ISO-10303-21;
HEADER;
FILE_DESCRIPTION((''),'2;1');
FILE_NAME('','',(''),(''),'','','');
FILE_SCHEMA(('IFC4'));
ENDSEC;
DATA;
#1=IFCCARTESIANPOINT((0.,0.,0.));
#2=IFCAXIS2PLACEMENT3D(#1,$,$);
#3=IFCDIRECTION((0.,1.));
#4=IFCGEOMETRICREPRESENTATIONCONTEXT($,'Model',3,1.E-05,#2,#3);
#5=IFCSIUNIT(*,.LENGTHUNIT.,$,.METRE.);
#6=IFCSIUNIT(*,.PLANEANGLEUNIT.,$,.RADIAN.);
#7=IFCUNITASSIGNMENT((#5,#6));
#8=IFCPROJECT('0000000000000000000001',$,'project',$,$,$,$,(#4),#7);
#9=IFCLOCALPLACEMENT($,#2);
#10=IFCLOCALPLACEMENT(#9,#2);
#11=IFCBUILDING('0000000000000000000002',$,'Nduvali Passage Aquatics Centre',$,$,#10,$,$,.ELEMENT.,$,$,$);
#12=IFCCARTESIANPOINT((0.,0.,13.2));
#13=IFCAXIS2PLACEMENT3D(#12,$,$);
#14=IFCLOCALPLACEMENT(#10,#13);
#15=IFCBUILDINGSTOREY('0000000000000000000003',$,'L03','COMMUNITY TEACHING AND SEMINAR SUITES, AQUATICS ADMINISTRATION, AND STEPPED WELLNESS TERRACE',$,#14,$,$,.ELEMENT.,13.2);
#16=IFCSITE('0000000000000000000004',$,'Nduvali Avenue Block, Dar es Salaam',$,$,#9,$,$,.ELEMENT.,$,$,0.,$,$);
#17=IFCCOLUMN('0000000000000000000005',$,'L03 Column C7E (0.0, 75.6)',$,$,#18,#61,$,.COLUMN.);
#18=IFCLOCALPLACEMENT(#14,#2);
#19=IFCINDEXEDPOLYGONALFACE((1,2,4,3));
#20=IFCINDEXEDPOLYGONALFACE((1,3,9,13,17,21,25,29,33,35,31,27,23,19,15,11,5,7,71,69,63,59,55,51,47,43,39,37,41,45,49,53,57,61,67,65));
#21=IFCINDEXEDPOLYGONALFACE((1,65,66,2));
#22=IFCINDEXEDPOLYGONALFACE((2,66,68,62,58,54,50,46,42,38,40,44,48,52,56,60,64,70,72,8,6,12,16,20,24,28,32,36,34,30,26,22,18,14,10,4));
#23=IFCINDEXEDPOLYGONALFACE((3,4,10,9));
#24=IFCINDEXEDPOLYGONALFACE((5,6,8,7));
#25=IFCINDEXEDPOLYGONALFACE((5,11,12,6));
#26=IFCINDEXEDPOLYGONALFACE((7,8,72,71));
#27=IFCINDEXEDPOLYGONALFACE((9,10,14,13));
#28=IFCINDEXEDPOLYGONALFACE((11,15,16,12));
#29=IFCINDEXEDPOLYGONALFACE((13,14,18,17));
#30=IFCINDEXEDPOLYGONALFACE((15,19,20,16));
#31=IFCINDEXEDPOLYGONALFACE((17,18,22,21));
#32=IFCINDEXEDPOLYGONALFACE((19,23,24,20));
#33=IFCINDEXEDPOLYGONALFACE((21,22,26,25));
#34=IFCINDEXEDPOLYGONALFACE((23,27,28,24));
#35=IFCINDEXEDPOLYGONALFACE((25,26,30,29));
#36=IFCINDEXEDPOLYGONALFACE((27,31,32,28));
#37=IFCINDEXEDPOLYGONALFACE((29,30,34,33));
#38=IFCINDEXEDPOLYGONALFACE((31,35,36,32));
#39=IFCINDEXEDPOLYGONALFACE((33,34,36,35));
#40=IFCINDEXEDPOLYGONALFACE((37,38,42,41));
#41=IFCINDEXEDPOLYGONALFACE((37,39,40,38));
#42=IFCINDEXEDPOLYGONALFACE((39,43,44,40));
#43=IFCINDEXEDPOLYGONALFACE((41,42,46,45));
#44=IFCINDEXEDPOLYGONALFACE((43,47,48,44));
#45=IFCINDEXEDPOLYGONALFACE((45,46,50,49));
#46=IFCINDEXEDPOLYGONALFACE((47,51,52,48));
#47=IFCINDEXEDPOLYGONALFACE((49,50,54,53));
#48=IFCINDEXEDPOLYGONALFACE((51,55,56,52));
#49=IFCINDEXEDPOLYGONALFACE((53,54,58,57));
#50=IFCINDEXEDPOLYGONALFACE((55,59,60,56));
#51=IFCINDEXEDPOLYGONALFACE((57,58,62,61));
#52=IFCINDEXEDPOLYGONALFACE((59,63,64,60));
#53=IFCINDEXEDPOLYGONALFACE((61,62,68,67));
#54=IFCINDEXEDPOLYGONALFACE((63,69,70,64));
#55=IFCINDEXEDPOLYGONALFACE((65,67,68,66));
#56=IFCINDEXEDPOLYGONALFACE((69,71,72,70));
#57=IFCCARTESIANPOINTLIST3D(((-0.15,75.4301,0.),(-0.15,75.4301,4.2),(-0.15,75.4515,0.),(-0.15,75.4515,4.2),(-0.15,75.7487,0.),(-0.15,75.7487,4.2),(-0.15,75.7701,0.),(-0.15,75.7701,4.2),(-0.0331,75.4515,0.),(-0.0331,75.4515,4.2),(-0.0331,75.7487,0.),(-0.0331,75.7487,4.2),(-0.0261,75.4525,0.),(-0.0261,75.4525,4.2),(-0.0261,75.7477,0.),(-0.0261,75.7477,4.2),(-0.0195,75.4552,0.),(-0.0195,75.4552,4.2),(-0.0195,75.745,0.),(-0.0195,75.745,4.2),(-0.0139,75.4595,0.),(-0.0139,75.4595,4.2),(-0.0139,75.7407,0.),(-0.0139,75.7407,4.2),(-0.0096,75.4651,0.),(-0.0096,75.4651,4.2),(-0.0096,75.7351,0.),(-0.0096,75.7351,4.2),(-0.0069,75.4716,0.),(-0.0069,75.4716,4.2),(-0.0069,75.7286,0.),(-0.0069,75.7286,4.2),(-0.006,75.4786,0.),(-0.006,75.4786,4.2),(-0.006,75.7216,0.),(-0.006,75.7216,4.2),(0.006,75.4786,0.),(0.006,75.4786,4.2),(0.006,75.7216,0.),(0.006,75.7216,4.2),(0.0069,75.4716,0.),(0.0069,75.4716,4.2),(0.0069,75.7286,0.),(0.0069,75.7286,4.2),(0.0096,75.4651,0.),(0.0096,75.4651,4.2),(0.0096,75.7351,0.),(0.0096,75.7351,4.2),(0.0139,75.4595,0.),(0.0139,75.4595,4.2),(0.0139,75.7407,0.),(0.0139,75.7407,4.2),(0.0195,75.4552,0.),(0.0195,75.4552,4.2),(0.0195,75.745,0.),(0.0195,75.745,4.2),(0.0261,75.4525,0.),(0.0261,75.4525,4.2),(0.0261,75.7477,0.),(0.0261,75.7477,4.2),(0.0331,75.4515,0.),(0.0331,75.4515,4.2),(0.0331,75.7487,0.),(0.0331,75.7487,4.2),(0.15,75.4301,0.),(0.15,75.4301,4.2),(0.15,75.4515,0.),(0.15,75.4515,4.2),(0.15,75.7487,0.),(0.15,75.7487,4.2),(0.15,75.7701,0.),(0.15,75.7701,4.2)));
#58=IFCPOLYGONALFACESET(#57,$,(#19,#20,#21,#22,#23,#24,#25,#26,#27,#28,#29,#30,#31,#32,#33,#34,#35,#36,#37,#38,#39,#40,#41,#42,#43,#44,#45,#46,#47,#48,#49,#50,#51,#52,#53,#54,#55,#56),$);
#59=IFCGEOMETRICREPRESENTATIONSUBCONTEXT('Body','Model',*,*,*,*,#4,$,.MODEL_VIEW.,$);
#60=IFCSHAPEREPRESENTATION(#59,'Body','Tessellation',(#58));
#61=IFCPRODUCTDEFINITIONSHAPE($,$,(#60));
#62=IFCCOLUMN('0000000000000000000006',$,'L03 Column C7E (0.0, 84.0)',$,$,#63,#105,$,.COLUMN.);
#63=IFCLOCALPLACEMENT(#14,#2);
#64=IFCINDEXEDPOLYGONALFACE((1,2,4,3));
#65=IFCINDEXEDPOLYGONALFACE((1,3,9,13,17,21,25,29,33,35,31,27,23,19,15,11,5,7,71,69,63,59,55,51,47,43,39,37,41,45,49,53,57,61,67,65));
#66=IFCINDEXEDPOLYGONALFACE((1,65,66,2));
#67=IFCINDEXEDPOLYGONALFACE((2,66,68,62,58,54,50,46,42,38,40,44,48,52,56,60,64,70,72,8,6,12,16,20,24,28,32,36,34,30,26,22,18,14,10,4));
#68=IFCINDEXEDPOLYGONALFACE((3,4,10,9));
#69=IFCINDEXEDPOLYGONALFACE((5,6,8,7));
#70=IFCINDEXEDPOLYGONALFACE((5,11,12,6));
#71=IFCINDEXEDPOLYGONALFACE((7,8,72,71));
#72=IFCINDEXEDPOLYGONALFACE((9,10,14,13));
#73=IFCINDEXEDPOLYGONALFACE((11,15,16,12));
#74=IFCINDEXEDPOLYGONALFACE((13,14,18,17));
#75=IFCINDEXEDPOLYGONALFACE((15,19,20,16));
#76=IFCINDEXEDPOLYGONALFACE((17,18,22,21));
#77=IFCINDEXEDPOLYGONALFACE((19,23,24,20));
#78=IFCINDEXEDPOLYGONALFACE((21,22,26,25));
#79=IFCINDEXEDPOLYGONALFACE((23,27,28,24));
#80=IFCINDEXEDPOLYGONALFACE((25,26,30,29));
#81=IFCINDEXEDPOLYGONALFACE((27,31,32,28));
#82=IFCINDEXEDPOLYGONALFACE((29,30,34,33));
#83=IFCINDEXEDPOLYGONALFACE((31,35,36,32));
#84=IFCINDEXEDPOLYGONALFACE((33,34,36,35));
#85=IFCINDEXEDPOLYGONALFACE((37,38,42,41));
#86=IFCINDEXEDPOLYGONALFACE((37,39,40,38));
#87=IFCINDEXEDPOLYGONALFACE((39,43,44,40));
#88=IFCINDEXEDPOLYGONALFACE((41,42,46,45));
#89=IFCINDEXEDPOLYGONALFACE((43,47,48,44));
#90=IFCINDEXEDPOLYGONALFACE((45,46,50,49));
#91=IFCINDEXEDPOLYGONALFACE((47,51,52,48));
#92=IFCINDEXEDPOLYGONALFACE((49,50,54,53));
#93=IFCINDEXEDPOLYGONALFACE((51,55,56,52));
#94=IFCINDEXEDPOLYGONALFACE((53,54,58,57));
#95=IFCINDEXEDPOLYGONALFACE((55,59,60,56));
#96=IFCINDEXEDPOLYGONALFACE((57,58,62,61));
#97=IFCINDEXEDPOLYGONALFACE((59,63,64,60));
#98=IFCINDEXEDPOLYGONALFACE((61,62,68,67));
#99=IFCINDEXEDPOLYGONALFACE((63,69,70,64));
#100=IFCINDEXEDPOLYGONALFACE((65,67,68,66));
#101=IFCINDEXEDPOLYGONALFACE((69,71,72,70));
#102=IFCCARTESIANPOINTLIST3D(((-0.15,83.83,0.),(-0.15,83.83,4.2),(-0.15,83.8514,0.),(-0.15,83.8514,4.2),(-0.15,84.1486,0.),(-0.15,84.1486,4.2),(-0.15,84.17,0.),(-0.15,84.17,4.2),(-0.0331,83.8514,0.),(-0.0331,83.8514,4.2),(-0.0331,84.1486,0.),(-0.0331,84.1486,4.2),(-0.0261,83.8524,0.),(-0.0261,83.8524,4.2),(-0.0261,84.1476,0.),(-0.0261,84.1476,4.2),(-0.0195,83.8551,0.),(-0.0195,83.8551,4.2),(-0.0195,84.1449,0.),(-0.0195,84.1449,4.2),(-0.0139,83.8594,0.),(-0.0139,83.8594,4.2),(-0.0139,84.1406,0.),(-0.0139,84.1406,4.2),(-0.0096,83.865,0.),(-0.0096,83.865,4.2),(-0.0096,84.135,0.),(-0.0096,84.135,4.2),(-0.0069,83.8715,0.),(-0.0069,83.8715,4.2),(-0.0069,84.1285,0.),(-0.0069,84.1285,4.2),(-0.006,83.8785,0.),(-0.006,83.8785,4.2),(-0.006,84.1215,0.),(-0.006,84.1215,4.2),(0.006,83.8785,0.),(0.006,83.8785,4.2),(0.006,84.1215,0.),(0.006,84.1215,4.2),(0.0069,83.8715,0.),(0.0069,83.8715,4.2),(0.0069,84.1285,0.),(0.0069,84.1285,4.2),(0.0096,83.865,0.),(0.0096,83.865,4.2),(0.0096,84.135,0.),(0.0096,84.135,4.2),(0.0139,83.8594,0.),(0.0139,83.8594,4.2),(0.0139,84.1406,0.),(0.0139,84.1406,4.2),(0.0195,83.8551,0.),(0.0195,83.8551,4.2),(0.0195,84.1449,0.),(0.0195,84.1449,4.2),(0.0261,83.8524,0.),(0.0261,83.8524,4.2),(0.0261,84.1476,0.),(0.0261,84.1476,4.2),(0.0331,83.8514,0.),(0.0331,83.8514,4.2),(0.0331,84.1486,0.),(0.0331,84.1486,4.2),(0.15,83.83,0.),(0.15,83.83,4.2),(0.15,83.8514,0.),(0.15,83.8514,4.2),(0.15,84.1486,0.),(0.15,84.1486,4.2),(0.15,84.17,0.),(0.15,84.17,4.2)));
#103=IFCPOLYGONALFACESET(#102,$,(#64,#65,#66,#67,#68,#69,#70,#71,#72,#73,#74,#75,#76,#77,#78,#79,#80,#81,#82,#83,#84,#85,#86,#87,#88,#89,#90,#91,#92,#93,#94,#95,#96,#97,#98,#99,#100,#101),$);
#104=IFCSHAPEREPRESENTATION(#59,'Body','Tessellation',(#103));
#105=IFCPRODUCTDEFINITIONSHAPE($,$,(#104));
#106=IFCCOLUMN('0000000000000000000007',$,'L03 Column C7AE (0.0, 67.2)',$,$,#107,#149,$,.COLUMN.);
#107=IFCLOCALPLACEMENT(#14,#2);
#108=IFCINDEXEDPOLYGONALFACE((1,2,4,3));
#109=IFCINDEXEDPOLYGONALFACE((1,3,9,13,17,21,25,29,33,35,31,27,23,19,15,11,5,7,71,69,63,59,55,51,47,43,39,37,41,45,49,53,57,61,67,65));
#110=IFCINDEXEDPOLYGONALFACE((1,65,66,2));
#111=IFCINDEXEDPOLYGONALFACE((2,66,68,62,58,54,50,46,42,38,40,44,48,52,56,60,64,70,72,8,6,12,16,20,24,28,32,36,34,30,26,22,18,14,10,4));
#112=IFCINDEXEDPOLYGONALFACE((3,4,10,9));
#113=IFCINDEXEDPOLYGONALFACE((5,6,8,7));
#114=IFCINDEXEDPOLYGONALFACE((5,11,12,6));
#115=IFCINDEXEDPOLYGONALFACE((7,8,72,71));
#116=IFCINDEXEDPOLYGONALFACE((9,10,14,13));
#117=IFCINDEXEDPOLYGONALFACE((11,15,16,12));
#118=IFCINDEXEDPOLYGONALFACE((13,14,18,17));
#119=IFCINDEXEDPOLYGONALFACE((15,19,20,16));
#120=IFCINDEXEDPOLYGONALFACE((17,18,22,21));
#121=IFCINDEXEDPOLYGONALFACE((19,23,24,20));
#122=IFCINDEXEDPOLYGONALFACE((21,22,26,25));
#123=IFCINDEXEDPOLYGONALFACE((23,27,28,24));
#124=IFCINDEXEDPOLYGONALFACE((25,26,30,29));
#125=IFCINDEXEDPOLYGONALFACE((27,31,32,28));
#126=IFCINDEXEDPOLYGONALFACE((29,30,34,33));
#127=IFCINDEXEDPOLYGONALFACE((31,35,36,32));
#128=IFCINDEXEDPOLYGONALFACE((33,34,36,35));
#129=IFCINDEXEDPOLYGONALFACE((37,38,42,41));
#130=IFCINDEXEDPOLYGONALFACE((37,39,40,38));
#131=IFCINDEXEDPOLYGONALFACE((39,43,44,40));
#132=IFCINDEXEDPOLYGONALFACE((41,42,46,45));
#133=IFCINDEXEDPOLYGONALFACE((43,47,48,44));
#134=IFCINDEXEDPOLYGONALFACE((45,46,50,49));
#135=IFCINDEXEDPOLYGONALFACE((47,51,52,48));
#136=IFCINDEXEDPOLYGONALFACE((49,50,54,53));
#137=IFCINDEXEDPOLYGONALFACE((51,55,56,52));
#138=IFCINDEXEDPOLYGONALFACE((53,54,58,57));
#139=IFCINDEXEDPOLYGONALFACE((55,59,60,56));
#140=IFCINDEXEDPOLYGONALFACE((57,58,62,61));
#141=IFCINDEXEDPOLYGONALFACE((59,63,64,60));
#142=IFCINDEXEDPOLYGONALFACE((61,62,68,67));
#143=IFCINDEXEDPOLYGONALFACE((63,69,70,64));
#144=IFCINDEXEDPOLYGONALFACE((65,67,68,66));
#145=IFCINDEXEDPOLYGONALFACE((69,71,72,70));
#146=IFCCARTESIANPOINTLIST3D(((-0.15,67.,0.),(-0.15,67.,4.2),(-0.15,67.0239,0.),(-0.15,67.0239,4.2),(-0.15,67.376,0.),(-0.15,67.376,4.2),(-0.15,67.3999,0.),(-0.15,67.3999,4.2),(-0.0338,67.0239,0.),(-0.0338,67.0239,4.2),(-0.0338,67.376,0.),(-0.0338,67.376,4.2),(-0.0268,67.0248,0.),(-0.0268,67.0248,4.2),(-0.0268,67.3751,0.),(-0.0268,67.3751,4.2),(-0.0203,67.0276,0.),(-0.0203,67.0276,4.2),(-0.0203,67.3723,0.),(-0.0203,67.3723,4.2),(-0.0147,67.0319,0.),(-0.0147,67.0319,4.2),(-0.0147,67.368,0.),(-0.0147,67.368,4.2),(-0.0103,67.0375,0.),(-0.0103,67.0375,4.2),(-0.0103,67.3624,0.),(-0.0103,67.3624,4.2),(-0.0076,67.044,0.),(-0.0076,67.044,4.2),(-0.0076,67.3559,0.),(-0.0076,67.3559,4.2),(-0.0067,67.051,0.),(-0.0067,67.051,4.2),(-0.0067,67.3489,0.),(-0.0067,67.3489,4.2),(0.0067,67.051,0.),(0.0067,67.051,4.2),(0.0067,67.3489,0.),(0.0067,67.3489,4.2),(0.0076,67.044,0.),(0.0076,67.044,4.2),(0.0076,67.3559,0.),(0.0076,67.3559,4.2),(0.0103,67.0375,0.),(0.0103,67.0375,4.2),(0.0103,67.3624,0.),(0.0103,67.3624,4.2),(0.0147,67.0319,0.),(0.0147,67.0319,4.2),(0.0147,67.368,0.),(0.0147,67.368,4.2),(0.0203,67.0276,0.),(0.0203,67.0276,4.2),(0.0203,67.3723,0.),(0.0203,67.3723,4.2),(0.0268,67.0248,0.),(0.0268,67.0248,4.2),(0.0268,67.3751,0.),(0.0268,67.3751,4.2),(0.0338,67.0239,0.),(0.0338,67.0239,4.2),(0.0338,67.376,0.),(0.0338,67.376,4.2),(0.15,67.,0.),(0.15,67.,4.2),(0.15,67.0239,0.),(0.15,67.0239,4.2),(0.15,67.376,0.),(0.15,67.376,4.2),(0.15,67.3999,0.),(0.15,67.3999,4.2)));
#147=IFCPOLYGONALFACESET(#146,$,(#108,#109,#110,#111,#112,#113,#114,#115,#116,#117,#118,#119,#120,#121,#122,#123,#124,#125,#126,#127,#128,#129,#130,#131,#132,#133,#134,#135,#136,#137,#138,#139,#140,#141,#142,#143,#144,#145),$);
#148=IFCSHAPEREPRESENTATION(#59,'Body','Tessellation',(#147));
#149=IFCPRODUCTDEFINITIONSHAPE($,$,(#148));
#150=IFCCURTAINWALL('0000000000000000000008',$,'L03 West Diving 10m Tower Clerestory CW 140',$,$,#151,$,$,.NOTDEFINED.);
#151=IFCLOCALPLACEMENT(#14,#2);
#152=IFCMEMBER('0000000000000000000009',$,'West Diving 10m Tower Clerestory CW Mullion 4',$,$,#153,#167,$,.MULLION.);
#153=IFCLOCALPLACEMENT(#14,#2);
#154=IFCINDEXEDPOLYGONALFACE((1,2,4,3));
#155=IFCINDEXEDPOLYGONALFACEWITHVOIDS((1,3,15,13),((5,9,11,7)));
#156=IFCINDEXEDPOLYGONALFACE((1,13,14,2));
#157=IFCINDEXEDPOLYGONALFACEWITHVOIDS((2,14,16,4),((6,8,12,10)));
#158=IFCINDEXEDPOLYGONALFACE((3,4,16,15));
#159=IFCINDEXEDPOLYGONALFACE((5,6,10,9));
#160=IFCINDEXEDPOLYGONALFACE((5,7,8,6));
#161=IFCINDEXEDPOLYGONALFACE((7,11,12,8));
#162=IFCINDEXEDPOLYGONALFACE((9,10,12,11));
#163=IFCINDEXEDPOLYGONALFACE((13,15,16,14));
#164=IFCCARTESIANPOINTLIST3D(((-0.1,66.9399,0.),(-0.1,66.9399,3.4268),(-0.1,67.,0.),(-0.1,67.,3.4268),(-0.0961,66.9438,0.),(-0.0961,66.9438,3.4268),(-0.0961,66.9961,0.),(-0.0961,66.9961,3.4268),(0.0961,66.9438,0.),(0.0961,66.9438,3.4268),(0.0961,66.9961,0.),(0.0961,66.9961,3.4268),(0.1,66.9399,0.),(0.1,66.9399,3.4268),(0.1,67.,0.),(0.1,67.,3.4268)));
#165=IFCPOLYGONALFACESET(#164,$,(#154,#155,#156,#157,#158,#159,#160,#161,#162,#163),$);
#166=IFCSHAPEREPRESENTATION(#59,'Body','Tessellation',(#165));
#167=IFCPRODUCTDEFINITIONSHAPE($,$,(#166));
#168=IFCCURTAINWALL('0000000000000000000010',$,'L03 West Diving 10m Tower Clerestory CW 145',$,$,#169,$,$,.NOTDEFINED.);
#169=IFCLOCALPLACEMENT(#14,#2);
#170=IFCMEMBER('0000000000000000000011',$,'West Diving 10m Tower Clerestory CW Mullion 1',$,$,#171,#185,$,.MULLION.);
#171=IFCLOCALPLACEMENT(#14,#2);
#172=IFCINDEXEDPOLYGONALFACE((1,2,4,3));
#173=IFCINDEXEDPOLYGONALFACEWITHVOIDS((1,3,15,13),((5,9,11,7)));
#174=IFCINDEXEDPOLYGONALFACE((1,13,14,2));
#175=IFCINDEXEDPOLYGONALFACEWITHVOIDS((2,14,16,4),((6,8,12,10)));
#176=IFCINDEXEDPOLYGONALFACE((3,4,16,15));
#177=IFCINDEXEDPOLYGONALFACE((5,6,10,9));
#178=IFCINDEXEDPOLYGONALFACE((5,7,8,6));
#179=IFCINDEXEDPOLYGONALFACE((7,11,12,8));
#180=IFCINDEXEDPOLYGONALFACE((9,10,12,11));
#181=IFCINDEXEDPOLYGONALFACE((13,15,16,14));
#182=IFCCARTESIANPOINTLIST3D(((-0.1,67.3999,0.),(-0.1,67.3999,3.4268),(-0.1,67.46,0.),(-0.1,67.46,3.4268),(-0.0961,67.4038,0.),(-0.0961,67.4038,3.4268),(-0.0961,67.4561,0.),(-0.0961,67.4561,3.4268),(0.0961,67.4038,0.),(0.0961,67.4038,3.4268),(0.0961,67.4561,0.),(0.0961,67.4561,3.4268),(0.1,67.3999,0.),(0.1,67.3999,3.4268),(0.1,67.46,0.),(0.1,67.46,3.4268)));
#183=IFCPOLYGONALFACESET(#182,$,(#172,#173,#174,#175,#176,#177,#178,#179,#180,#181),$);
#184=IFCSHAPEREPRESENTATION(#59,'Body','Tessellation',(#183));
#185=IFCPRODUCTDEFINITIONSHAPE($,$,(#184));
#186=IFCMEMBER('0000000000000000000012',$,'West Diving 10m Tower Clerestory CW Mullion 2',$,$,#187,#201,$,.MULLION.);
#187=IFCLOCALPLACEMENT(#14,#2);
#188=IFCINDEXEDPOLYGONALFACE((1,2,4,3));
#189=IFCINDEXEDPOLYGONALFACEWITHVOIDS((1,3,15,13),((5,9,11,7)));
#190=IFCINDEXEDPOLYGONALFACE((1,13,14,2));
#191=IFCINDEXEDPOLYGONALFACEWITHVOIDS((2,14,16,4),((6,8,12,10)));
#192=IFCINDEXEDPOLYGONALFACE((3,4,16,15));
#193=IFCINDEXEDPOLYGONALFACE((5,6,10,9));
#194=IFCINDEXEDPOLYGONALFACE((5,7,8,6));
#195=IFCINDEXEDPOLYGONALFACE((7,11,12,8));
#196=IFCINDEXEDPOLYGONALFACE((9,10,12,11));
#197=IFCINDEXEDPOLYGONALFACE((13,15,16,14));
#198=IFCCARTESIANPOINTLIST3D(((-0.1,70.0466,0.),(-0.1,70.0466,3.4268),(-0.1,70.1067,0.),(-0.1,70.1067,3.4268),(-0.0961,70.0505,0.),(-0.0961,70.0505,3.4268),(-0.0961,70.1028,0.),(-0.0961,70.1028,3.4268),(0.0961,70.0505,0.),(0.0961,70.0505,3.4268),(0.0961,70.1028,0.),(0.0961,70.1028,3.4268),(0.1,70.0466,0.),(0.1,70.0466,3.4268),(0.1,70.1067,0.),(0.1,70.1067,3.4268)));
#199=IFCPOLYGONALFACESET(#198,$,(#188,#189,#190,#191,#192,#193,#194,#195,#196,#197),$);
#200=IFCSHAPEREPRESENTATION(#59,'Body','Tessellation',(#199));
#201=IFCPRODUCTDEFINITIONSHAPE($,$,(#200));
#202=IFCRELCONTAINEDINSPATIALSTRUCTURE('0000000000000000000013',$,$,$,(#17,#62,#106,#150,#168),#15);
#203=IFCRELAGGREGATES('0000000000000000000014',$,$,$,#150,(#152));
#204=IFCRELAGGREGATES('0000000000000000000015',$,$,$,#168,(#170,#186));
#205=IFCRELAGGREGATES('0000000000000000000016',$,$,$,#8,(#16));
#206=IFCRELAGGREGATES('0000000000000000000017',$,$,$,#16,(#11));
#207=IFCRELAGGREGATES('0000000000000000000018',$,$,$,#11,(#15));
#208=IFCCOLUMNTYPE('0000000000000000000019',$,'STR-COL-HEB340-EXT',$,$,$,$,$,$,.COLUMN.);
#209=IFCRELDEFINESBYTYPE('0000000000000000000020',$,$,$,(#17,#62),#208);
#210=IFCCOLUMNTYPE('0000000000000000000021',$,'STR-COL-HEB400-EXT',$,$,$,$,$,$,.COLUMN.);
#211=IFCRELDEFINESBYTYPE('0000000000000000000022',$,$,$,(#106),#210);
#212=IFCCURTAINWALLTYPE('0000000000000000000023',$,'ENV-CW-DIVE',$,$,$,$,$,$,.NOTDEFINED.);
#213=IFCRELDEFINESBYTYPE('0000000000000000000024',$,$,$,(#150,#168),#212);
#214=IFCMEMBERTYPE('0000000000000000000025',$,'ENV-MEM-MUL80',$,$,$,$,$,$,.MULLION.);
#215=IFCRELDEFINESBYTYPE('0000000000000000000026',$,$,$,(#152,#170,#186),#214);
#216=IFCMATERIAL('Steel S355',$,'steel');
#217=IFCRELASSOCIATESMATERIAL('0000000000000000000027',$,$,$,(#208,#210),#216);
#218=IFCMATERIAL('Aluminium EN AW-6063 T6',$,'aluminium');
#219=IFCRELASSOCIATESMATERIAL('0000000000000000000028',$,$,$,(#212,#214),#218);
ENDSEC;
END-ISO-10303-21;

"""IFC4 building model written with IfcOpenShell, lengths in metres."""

from ifc_helpers import new_model, si_unit, direction, frame, origin, origin_2d, place, context, subcontext, project, spatial, hollow_rectangle, i_section, extrude, material, material_profile, profile_set, type_object, element, aggregate, save


model = new_model("IFC4")

# Units and contexts
model_context = context("Model", 3, precision=1e-05, world=origin(), true_north=direction((0.0, 1.0)))
body_context = subcontext(model_context, "Body", "Model", "MODEL_VIEW")
ifc_project = project(units=[si_unit("LENGTHUNIT", "METRE"), si_unit("PLANEANGLEUNIT", "RADIAN")], contexts=[model_context])

# Site, building, storey
site_placement = place(None, origin())
site = spatial("IfcSite", under=ifc_project, at=site_placement, Name="Nduvali Avenue Block, Dar es Salaam", CompositionType="ELEMENT", RefElevation=0.0)
building_placement = place(site_placement, origin())
building = spatial("IfcBuilding", under=site, at=building_placement, Name="Nduvali Passage Aquatics Centre", CompositionType="ELEMENT")
storey_placement = place(building_placement, frame((0.0, 0.0, 13.2)))
storey = spatial("IfcBuildingStorey", under=building, at=storey_placement, Name="L03", Description="COMMUNITY TEACHING AND SEMINAR SUITES, AQUATICS ADMINISTRATION, AND STEPPED WELLNESS TERRACE", CompositionType="ELEMENT", Elevation=13.2)

# Columns
ifc_material_1 = material(Name="Steel S355", Category="steel")
ifc_material_profile_1 = material_profile(ifc_material_1, i_section(OverallWidth=0.3, OverallDepth=0.3401, WebThickness=0.012, FlangeThickness=0.0215, FilletRadius=0.0271, at=origin_2d()), Name="HEB 340")
ifc_profile_set_1 = profile_set([ifc_material_profile_1], Name="Steel S355")
column_type_1 = type_object("IfcColumnType", Name="STR-COL-HEB340-EXT", PredefinedType="COLUMN", material=ifc_profile_set_1)
for number, where, z_axis, x_axis, name in (
    (1, (0.0, 75.6001, 0.0), (0.0, 0.0, 1.0), (1.0, 0.0, 0.0), "L03 Column C7E (0.0, 75.6)"),
    (2, (0.0, 84.0, 0.0), (0.0, 0.0, 1.0), (1.0, 0.0, 0.0), "L03 Column C7E (0.0, 84.0)"),
):
    element("IfcColumn", number, at=place(storey_placement, frame(where, z_axis=z_axis, x_axis=x_axis)), inside=storey, type_object=column_type_1, Name=name, PredefinedType="COLUMN", context=body_context, shape_type="SweptSolid", body=[
        extrude(i_section(OverallWidth=0.3, OverallDepth=0.3401, WebThickness=0.012, FlangeThickness=0.0215, FilletRadius=0.0271, at=origin_2d()), origin(), (0.0, 0.0, 1.0), 4.2),
    ])
ifc_material_profile_2 = material_profile(ifc_material_1, i_section(OverallWidth=0.3, OverallDepth=0.3999, WebThickness=0.0134, FlangeThickness=0.0239, FilletRadius=0.0271, at=origin_2d()), Name="HEB 400")
ifc_profile_set_2 = profile_set([ifc_material_profile_2], Name="Steel S355")
column_type_2 = type_object("IfcColumnType", Name="STR-COL-HEB400-EXT", PredefinedType="COLUMN", material=ifc_profile_set_2)
column_placement = place(storey_placement, frame((0.0, 67.2, 0.0), z_axis=(0.0, 0.0, 1.0), x_axis=(1.0, 0.0, 0.0)))
element("IfcColumn", 3, at=column_placement, inside=storey, type_object=column_type_2, Name="L03 Column C7AE (0.0, 67.2)", PredefinedType="COLUMN", context=body_context, shape_type="SweptSolid", body=[
    extrude(i_section(OverallWidth=0.3, OverallDepth=0.3999, WebThickness=0.0134, FlangeThickness=0.0239, FilletRadius=0.0271, at=origin_2d()), origin(), (0.0, 0.0, 1.0), 4.2),
])

# Curtain wall, member
ifc_material_2 = material(Name="Aluminium EN AW-6063 T6", Category="aluminium")
curtain_wall_type = type_object("IfcCurtainWallType", Name="ENV-CW-DIVE", PredefinedType="NOTDEFINED", material=ifc_material_2)
curtain_wall_1_placement = place(storey_placement, origin())
curtain_wall_1 = element("IfcCurtainWall", 4, at=curtain_wall_1_placement, inside=storey, type_object=curtain_wall_type, Name="L03 West Diving 10m Tower Clerestory CW 140", PredefinedType="NOTDEFINED")
ifc_material_profile_3 = material_profile(ifc_material_2, hollow_rectangle(XDim=0.0601, YDim=0.2, WallThickness=0.0039, at=origin_2d()), Name="ALU MULLION 60x200x4")
ifc_profile_set_3 = profile_set([ifc_material_profile_3], Name="Aluminium EN AW-6063 T6")
member_type_1 = type_object("IfcMemberType", Name="ENV-MEM-MUL80", PredefinedType="MULLION", material=ifc_profile_set_3)
member_1_placement = place(storey_placement, frame((0.0, 66.97, 0.0), z_axis=(0.0, 0.0, 1.0), x_axis=(0.0, 1.0, 0.0)))
member_1 = element("IfcMember", 5, at=member_1_placement, type_object=member_type_1, Name="West Diving 10m Tower Clerestory CW Mullion 4", PredefinedType="MULLION", context=body_context, shape_type="SweptSolid", body=[
    extrude(hollow_rectangle(XDim=0.0601, YDim=0.2, WallThickness=0.0039, at=origin_2d()), origin(), (0.0, 0.0, 1.0), 3.4268),
])

# Curtain wall, members
curtain_wall_2_placement = place(storey_placement, origin())
curtain_wall_2 = element("IfcCurtainWall", 6, at=curtain_wall_2_placement, inside=storey, type_object=curtain_wall_type, Name="L03 West Diving 10m Tower Clerestory CW 145", PredefinedType="NOTDEFINED")
member_2_placement = place(storey_placement, frame((0.0, 67.4299, 0.0), z_axis=(0.0, 0.0, 1.0), x_axis=(0.0, 1.0, 0.0)))
member_2 = element("IfcMember", 7, at=member_2_placement, type_object=member_type_1, Name="West Diving 10m Tower Clerestory CW Mullion 1", PredefinedType="MULLION", context=body_context, shape_type="SweptSolid", body=[
    extrude(hollow_rectangle(XDim=0.0601, YDim=0.2, WallThickness=0.0039, at=origin_2d()), origin(), (0.0, 0.0, 1.0), 3.4268),
])
member_3_placement = place(storey_placement, frame((0.0, 70.0767, 0.0), z_axis=(0.0, 0.0, 1.0), x_axis=(0.0, 1.0, 0.0)))
member_3 = element("IfcMember", 8, at=member_3_placement, type_object=member_type_1, Name="West Diving 10m Tower Clerestory CW Mullion 2", PredefinedType="MULLION", context=body_context, shape_type="SweptSolid", body=[
    extrude(hollow_rectangle(XDim=0.0601, YDim=0.2, WallThickness=0.0039, at=origin_2d()), origin(), (0.0, 0.0, 1.0), 3.4268),
])

aggregate(curtain_wall_1, [member_1])
aggregate(curtain_wall_2, [member_2, member_3])

save(model, "model.ifc")
